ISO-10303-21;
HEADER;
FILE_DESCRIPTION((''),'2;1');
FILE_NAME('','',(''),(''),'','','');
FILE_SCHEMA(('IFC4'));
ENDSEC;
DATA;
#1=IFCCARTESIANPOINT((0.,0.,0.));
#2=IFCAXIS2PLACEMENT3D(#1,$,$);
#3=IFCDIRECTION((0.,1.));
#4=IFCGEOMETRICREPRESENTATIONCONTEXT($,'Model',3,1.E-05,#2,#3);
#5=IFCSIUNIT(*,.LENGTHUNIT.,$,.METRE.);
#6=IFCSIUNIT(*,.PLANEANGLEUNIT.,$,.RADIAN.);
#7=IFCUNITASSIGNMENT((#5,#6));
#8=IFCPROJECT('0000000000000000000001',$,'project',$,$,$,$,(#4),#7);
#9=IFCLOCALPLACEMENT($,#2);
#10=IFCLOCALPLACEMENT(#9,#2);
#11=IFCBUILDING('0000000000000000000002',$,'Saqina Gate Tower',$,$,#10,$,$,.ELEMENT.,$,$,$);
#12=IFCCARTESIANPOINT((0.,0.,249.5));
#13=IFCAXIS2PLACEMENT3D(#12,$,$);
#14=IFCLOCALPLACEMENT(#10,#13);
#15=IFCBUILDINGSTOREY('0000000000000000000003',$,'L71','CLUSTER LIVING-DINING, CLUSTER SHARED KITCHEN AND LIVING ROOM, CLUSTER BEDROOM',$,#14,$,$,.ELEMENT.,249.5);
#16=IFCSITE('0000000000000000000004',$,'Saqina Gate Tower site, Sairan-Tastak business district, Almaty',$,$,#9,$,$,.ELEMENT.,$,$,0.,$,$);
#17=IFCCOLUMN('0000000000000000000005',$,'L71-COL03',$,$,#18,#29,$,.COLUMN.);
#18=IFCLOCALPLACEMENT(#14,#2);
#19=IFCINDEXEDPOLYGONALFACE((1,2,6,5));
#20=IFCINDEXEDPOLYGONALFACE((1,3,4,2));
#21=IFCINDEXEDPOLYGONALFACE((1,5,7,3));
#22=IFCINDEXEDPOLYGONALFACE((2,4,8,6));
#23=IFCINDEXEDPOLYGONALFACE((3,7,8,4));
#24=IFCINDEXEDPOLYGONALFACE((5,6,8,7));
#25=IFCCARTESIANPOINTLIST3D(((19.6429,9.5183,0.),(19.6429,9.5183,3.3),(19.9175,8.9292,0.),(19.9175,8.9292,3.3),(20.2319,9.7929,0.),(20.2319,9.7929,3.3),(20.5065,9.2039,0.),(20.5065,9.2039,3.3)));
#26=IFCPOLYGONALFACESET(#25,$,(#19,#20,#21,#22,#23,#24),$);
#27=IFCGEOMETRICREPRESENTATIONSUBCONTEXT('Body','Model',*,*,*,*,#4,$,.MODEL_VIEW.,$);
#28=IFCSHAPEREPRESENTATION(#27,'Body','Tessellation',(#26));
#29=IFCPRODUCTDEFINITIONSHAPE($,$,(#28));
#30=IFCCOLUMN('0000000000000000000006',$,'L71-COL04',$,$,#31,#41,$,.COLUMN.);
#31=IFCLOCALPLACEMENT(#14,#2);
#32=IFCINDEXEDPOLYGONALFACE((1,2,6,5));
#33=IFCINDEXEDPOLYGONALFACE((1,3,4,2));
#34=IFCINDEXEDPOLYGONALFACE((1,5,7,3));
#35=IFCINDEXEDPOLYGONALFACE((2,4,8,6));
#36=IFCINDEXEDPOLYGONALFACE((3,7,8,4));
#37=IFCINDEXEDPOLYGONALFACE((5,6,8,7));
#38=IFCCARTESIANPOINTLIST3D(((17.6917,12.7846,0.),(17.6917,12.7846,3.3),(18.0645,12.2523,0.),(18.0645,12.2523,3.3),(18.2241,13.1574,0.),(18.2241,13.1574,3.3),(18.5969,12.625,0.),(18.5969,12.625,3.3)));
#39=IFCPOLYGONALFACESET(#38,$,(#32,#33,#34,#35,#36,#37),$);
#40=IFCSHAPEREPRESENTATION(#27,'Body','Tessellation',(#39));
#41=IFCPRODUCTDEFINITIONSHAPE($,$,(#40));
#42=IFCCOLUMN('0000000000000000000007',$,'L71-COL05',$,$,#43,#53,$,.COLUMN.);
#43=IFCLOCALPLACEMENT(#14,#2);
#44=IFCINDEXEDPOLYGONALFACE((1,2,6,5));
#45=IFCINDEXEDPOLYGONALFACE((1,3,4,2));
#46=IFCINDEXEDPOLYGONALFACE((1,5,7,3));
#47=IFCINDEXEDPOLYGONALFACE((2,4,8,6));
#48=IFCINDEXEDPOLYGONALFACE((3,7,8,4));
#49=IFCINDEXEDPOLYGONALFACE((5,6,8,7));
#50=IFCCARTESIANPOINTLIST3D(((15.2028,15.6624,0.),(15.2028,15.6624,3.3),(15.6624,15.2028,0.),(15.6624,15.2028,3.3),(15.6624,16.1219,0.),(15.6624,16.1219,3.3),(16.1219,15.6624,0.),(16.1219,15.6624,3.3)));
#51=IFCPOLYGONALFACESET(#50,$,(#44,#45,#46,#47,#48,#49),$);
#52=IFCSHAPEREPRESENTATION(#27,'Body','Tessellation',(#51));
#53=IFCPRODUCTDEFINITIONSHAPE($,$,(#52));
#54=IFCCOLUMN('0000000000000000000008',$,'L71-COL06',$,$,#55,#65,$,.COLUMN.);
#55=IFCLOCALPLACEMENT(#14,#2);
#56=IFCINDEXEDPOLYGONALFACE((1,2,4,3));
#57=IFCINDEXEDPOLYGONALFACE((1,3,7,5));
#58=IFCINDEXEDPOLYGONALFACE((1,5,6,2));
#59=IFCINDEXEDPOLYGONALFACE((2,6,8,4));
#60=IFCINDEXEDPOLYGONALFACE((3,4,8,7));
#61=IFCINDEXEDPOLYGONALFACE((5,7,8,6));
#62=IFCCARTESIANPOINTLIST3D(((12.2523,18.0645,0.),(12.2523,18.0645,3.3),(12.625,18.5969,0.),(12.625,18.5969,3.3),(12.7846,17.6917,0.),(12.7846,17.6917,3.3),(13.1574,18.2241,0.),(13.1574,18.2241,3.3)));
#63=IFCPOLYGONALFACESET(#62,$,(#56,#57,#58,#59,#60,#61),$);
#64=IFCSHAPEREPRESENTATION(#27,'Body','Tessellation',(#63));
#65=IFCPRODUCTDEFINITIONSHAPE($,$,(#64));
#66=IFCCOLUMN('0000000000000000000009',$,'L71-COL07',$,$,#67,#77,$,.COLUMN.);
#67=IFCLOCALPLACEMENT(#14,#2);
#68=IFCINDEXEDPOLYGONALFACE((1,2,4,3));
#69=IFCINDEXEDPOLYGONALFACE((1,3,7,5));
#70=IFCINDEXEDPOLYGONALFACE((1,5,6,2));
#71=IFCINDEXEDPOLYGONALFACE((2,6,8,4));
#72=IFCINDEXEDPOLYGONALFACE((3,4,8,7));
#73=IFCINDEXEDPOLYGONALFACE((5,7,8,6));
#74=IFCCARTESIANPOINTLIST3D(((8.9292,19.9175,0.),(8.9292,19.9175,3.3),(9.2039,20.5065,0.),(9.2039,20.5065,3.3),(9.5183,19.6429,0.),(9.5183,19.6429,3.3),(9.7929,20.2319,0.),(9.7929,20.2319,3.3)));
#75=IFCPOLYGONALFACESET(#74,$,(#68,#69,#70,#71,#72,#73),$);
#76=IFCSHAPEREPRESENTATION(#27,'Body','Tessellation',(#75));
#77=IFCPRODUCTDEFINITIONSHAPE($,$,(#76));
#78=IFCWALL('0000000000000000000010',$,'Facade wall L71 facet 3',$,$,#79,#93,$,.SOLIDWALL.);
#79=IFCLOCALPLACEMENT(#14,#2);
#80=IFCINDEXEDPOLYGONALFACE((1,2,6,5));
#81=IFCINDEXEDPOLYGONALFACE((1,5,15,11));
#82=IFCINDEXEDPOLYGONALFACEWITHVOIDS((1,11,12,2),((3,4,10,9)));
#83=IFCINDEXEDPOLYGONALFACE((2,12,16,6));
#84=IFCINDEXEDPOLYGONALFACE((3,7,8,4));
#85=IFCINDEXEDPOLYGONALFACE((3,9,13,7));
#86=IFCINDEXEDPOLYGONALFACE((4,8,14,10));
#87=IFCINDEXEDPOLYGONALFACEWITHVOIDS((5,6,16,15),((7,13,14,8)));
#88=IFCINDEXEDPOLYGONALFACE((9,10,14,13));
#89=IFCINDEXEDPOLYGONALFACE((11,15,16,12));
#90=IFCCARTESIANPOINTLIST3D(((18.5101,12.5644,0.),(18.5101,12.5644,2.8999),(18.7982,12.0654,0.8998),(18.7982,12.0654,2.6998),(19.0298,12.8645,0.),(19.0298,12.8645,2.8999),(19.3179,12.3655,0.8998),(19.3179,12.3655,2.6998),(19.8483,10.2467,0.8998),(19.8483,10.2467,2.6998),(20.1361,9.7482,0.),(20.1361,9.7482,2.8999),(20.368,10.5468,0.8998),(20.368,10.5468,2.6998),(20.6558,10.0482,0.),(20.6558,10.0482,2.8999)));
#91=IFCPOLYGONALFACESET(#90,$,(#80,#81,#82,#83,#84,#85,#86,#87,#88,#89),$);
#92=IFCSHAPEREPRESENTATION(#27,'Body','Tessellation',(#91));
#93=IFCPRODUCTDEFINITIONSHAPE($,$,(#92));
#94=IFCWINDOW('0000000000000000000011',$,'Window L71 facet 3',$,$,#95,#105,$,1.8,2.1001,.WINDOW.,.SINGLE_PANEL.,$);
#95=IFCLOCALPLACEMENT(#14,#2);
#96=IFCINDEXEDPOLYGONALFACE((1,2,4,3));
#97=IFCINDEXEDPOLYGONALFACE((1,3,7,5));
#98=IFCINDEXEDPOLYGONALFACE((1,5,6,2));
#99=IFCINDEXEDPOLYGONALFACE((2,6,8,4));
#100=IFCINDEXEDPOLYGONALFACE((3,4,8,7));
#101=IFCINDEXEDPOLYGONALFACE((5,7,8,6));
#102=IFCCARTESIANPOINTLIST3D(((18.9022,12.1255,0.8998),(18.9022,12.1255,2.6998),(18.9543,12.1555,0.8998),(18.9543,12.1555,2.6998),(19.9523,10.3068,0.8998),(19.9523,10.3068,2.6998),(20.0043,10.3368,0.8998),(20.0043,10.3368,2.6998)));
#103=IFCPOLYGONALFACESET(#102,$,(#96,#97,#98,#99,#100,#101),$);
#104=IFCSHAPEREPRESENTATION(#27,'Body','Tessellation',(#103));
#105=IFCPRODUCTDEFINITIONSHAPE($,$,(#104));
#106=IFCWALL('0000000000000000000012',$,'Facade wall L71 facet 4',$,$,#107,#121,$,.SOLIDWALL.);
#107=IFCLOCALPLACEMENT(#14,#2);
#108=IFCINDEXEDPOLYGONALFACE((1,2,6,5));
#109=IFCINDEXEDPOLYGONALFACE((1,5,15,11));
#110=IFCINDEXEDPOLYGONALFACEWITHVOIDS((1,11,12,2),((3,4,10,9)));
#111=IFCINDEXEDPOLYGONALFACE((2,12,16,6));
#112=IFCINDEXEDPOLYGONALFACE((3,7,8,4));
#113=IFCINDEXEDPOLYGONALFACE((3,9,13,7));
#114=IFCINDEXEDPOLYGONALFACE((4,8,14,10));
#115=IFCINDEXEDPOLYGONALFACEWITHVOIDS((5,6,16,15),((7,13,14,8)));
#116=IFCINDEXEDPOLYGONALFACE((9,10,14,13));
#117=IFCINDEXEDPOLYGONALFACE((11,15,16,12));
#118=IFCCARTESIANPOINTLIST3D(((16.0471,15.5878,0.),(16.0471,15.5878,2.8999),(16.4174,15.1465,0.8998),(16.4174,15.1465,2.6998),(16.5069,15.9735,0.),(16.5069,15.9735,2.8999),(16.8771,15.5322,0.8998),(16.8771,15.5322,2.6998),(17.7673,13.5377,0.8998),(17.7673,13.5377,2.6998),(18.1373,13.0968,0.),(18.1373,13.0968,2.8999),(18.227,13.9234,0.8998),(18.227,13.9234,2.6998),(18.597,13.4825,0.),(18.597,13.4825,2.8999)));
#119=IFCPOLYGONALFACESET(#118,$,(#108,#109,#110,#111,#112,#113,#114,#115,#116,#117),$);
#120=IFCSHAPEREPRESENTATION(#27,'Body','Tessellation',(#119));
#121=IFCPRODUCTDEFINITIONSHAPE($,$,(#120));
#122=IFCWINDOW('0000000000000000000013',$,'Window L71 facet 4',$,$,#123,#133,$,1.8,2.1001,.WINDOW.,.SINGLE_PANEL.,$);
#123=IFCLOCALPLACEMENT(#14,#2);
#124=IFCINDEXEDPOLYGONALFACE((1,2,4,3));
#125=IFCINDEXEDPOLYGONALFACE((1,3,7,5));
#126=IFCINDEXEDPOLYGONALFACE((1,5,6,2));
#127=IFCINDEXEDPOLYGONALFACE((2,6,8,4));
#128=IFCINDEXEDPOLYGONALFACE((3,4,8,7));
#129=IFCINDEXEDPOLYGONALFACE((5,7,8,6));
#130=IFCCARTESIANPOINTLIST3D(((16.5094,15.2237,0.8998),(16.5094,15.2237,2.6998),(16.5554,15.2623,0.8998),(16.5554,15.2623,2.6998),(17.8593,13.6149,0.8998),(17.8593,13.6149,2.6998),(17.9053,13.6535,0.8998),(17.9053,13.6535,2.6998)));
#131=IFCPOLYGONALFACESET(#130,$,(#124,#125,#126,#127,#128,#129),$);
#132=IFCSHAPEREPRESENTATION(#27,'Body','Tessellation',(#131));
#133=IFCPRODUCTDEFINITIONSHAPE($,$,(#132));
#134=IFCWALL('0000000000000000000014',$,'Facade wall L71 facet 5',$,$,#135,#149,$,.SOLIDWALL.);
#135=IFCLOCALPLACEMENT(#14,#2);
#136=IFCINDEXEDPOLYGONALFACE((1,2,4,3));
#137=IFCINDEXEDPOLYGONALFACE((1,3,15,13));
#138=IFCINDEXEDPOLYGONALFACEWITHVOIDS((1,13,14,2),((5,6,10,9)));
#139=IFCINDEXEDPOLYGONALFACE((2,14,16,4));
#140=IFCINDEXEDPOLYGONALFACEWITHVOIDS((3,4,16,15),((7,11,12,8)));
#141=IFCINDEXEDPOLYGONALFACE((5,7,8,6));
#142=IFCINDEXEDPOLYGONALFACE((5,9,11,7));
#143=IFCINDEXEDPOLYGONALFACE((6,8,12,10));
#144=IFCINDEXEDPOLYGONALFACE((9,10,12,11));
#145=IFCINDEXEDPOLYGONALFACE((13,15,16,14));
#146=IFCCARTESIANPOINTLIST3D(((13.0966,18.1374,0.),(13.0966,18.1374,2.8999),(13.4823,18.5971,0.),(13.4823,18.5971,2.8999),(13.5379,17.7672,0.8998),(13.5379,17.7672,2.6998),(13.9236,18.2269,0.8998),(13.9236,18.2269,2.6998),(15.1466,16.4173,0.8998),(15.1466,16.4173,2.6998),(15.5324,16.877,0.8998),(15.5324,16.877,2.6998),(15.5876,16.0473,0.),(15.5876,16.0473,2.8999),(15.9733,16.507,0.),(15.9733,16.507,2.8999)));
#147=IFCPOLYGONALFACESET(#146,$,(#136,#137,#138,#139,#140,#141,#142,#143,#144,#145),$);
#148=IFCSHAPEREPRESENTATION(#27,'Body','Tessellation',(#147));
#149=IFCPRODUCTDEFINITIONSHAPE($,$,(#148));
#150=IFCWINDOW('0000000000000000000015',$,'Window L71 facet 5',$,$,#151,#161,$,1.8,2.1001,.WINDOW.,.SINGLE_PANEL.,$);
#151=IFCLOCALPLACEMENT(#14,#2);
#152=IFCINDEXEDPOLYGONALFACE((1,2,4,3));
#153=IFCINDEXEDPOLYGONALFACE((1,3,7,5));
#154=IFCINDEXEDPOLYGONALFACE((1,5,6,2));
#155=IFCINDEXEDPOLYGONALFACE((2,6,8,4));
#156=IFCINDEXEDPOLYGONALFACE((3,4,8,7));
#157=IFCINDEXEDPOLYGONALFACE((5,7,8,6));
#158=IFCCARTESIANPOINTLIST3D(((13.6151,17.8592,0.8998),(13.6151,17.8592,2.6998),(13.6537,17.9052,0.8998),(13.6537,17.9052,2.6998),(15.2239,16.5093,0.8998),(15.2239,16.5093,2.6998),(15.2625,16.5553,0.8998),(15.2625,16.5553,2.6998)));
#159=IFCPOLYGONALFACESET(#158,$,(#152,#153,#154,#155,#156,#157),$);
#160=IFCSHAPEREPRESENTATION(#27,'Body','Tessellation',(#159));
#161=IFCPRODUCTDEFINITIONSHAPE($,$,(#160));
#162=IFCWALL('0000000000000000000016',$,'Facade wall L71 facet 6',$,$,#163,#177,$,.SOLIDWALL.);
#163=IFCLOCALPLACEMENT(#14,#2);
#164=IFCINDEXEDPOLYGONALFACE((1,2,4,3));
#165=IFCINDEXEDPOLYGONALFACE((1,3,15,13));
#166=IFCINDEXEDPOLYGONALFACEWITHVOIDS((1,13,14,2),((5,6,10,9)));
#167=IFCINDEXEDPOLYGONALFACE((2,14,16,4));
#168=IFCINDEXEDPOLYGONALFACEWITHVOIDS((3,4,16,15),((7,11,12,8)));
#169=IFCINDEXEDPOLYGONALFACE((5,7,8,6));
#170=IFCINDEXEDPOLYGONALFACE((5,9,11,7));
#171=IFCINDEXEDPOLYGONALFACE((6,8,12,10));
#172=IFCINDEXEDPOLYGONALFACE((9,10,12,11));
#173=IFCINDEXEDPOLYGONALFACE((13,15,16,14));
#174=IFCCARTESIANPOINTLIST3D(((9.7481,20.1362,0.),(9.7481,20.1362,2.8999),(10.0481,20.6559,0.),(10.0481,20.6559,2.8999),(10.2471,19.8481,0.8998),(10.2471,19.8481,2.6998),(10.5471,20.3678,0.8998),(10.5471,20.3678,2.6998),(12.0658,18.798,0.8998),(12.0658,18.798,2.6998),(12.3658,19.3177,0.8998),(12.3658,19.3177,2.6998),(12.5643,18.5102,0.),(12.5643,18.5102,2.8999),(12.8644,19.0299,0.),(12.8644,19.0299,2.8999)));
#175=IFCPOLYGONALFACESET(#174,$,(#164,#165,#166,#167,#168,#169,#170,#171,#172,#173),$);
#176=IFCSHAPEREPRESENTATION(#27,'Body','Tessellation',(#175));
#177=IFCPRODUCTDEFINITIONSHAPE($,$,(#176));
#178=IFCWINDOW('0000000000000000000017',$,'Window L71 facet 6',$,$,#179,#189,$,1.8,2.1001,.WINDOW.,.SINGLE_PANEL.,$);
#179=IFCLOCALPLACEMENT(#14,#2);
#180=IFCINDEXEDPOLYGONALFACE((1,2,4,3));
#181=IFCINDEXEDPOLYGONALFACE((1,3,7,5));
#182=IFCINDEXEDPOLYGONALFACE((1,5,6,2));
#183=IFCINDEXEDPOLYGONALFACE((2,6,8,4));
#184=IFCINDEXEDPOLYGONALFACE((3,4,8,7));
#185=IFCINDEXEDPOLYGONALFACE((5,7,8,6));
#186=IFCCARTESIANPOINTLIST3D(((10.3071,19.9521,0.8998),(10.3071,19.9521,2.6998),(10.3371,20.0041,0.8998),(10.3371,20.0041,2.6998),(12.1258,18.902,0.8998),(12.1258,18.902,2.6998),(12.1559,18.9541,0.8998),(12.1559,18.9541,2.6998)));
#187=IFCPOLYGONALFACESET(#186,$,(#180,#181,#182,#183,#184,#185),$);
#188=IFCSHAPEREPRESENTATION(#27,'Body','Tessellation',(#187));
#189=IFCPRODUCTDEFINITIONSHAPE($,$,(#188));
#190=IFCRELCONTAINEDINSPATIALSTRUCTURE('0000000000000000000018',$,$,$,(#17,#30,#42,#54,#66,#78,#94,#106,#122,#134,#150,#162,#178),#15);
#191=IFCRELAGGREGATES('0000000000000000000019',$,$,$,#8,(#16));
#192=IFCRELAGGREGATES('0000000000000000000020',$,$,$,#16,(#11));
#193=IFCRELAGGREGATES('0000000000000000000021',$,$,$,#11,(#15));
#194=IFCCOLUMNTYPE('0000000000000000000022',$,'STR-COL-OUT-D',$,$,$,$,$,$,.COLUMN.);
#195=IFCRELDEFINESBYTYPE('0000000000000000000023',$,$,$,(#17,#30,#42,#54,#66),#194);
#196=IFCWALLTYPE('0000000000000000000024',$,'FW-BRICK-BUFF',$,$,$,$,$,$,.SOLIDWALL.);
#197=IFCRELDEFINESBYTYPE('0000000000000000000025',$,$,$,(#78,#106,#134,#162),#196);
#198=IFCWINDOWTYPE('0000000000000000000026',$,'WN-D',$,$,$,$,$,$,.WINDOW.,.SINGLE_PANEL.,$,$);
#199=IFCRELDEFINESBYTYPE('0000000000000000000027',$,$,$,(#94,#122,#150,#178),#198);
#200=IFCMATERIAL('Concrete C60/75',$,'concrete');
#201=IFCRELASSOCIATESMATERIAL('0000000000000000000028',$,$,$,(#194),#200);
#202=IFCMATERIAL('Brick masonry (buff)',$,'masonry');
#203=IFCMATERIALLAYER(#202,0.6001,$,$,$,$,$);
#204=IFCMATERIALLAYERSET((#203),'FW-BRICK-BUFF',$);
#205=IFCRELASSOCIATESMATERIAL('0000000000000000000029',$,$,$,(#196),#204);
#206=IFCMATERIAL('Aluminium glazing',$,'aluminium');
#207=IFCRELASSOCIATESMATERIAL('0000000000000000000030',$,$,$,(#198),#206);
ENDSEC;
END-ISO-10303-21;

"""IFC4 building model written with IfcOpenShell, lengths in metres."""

from ifc_helpers import new_model, si_unit, direction, frame, frame_2d, origin, origin_2d, place, context, subcontext, project, spatial, rectangle, extrude, material, layer, layer_set, material_profile, profile_set, type_object, element, fill, save


model = new_model("IFC4")

# Units and contexts
model_context = context("Model", 3, precision=1e-05, world=origin(), true_north=direction((0.0, 1.0)))
body_context = subcontext(model_context, "Body", "Model", "MODEL_VIEW")
ifc_project = project(units=[si_unit("LENGTHUNIT", "METRE"), si_unit("PLANEANGLEUNIT", "RADIAN")], contexts=[model_context])

# Site, building, storey
site_placement = place(None, origin())
site = spatial("IfcSite", under=ifc_project, at=site_placement, Name="Saqina Gate Tower site, Sairan-Tastak business district, Almaty", CompositionType="ELEMENT", RefElevation=0.0)
building_placement = place(site_placement, origin())
building = spatial("IfcBuilding", under=site, at=building_placement, Name="Saqina Gate Tower", CompositionType="ELEMENT")
storey_placement = place(building_placement, frame((0.0, 0.0, 249.5)))
storey = spatial("IfcBuildingStorey", under=building, at=storey_placement, Name="L71", Description="CLUSTER LIVING-DINING, CLUSTER SHARED KITCHEN AND LIVING ROOM, CLUSTER BEDROOM", CompositionType="ELEMENT", Elevation=249.5)

# Columns
ifc_material_1 = material(Name="Concrete C60/75", Category="concrete")
ifc_material_profile = material_profile(ifc_material_1, rectangle(XDim=0.6499, YDim=0.6499, at=origin_2d()), Name="RC 650x650")
ifc_profile_set = profile_set([ifc_material_profile], Name="Concrete C60/75")
column_type = type_object("IfcColumnType", Name="STR-COL-OUT-D", PredefinedType="COLUMN", material=ifc_profile_set)
for number, where, z_axis, x_axis, name in (
    (1, (20.0747, 9.3611, 0.0), (0.0, 0.0, 1.0), (0.906308, 0.422618, 0.0), "L71-COL03"),
    (2, (18.1443, 12.7048, 0.0), (0.0, 0.0, 1.0), (0.819152, 0.573576, 0.0), "L71-COL04"),
    (3, (15.6624, 15.6624, 0.0), (0.0, 0.0, 1.0), (0.707107, 0.707107, 0.0), "L71-COL05"),
    (4, (12.7048, 18.1443, 0.0), (0.0, 0.0, 1.0), (0.573576, 0.819152, 0.0), "L71-COL06"),
    (5, (9.3611, 20.0747, 0.0), (0.0, 0.0, 1.0), (0.422618, 0.906308, 0.0), "L71-COL07"),
):
    element("IfcColumn", number, at=place(storey_placement, frame(where, z_axis=z_axis, x_axis=x_axis)), inside=storey, type_object=column_type, Name=name, PredefinedType="COLUMN", context=body_context, shape_type="SweptSolid", body=[
        extrude(rectangle(XDim=0.6499, YDim=0.6499, at=origin_2d()), origin(), (0.0, 0.0, 1.0), 3.3),
    ])

# Walls, openings, windows
ifc_material_2 = material(Name="Brick masonry (buff)", Category="masonry")
ifc_layer_1 = layer(ifc_material_2, 0.6001)
ifc_layer_set_1 = layer_set([ifc_layer_1], Name="FW-BRICK-BUFF")
wall_type_1 = type_object("IfcWallType", Name="FW-BRICK-BUFF", PredefinedType="SOLIDWALL", material=ifc_layer_set_1)
wall_1_placement = place(storey_placement, frame((20.396, 9.8982, 0.0), z_axis=(0.0, 0.0, 1.0), x_axis=(-0.500015, 0.866017, 0.0)))
wall_1 = element("IfcWall", 6, at=wall_1_placement, inside=storey, type_object=wall_type_1, Name="Facade wall L71 facet 3", PredefinedType="SOLIDWALL", context=body_context, shape_type="SweptSolid", body=[
    extrude(rectangle(XDim=3.252, YDim=0.6001, at=frame_2d((1.626, 0.0))), origin(), (0.0, 0.0, 1.0), 2.8999),
])
opening_1_placement = place(wall_1_placement, frame((0.5757, 0.0, 0.8999)))
opening_1 = element("IfcOpeningElement", 7, at=opening_1_placement, cuts=wall_1, PredefinedType="OPENING", context=body_context, shape_type="SweptSolid", body=[
    extrude(rectangle(XDim=2.1001, YDim=1.8, at=frame_2d((1.05, 0.8999))), frame((0.0, 0.312, 0.0), z_axis=(0.0, -1.0, 0.0), x_axis=(1.0, 0.0, 0.0)), (0.0, 0.0, 1.0), 0.624),
])
ifc_material_3 = material(Name="Aluminium glazing", Category="aluminium")
window_type = type_object("IfcWindowType", Name="WN-D", PartitioningType="SINGLE_PANEL", PredefinedType="WINDOW", material=ifc_material_3)
window_1_placement = place(opening_1_placement, origin())
window_1 = element("IfcWindow", 8, at=window_1_placement, inside=storey, type_object=window_type, Name="Window L71 facet 3", OverallHeight=1.8, OverallWidth=2.1001, PartitioningType="SINGLE_PANEL", PredefinedType="WINDOW", context=body_context, shape_type="SweptSolid", body=[
    extrude(rectangle(XDim=2.1001, YDim=1.8, at=frame_2d((1.05, 0.8999))), frame((0.0, 0.1799, 0.0), z_axis=(0.0, -1.0, 0.0), x_axis=(1.0, 0.0, 0.0)), (0.0, 0.0, 1.0), 0.0601),
])
fill(opening_1, window_1)
wall_2_placement = place(storey_placement, frame((18.3672, 13.2896, 0.0), z_axis=(0.0, 0.0, 1.0), x_axis=(-0.642773, 0.766057, 0.0)))
wall_2 = element("IfcWall", 9, at=wall_2_placement, inside=storey, type_object=wall_type_1, Name="Facade wall L71 facet 4", PredefinedType="SOLIDWALL", context=body_context, shape_type="SweptSolid", body=[
    extrude(rectangle(XDim=3.2517, YDim=0.6001, at=frame_2d((1.626, 0.0))), origin(), (0.0, 0.0, 1.0), 2.8999),
])
opening_2_placement = place(wall_2_placement, frame((0.5757, 0.0, 0.8999)))
opening_2 = element("IfcOpeningElement", 10, at=opening_2_placement, cuts=wall_2, PredefinedType="OPENING", context=body_context, shape_type="SweptSolid", body=[
    extrude(rectangle(XDim=2.1001, YDim=1.8, at=frame_2d((1.05, 0.8999))), frame((0.0, 0.312, 0.0), z_axis=(0.0, -1.0, 0.0), x_axis=(1.0, 0.0, 0.0)), (0.0, 0.0, 1.0), 0.624),
])
window_2_placement = place(opening_2_placement, origin())
window_2 = element("IfcWindow", 11, at=window_2_placement, inside=storey, type_object=window_type, Name="Window L71 facet 4", OverallHeight=1.8, OverallWidth=2.1001, PartitioningType="SINGLE_PANEL", PredefinedType="WINDOW", context=body_context, shape_type="SweptSolid", body=[
    extrude(rectangle(XDim=2.1001, YDim=1.8, at=frame_2d((1.05, 0.8999))), frame((0.0, 0.1799, 0.0), z_axis=(0.0, -1.0, 0.0), x_axis=(1.0, 0.0, 0.0)), (0.0, 0.0, 1.0), 0.0601),
])
fill(opening_2, window_2)
wall_3_placement = place(storey_placement, frame((15.7805, 16.2771, 0.0), z_axis=(0.0, 0.0, 1.0), x_axis=(-0.766057, 0.642773, 0.0)))
wall_3 = element("IfcWall", 12, at=wall_3_placement, inside=storey, type_object=wall_type_1, Name="Facade wall L71 facet 5", PredefinedType="SOLIDWALL", context=body_context, shape_type="SweptSolid", body=[
    extrude(rectangle(XDim=3.2517, YDim=0.6001, at=frame_2d((1.626, 0.0))), origin(), (0.0, 0.0, 1.0), 2.8999),
])
opening_3_placement = place(wall_3_placement, frame((0.5757, 0.0, 0.8999)))
opening_3 = element("IfcOpeningElement", 13, at=opening_3_placement, cuts=wall_3, PredefinedType="OPENING", context=body_context, shape_type="SweptSolid", body=[
    extrude(rectangle(XDim=2.1001, YDim=1.8, at=frame_2d((1.05, 0.8999))), frame((0.0, 0.312, 0.0), z_axis=(0.0, -1.0, 0.0), x_axis=(1.0, 0.0, 0.0)), (0.0, 0.0, 1.0), 0.624),
])
window_3_placement = place(opening_3_placement, origin())
window_3 = element("IfcWindow", 14, at=window_3_placement, inside=storey, type_object=window_type, Name="Window L71 facet 5", OverallHeight=1.8, OverallWidth=2.1001, PartitioningType="SINGLE_PANEL", PredefinedType="WINDOW", context=body_context, shape_type="SweptSolid", body=[
    extrude(rectangle(XDim=2.1001, YDim=1.8, at=frame_2d((1.05, 0.8999))), frame((0.0, 0.1799, 0.0), z_axis=(0.0, -1.0, 0.0), x_axis=(1.0, 0.0, 0.0)), (0.0, 0.0, 1.0), 0.0601),
])
fill(opening_3, window_3)
wall_4_placement = place(storey_placement, frame((12.7144, 18.77, 0.0), z_axis=(0.0, 0.0, 1.0), x_axis=(-0.866017, 0.500015, 0.0)))
wall_4 = element("IfcWall", 15, at=wall_4_placement, inside=storey, type_object=wall_type_1, Name="Facade wall L71 facet 6", PredefinedType="SOLIDWALL", context=body_context, shape_type="SweptSolid", body=[
    extrude(rectangle(XDim=3.252, YDim=0.6001, at=frame_2d((1.626, 0.0))), origin(), (0.0, 0.0, 1.0), 2.8999),
])
opening_4_placement = place(wall_4_placement, frame((0.5757, 0.0, 0.8999)))
opening_4 = element("IfcOpeningElement", 16, at=opening_4_placement, cuts=wall_4, PredefinedType="OPENING", context=body_context, shape_type="SweptSolid", body=[
    extrude(rectangle(XDim=2.1001, YDim=1.8, at=frame_2d((1.05, 0.8999))), frame((0.0, 0.312, 0.0), z_axis=(0.0, -1.0, 0.0), x_axis=(1.0, 0.0, 0.0)), (0.0, 0.0, 1.0), 0.624),
])
window_4_placement = place(opening_4_placement, origin())
window_4 = element("IfcWindow", 17, at=window_4_placement, inside=storey, type_object=window_type, Name="Window L71 facet 6", OverallHeight=1.8, OverallWidth=2.1001, PartitioningType="SINGLE_PANEL", PredefinedType="WINDOW", context=body_context, shape_type="SweptSolid", body=[
    extrude(rectangle(XDim=2.1001, YDim=1.8, at=frame_2d((1.05, 0.8999))), frame((0.0, 0.1799, 0.0), z_axis=(0.0, -1.0, 0.0), x_axis=(1.0, 0.0, 0.0)), (0.0, 0.0, 1.0), 0.0601),
])
fill(opening_4, window_4)

save(model, "model.ifc")
